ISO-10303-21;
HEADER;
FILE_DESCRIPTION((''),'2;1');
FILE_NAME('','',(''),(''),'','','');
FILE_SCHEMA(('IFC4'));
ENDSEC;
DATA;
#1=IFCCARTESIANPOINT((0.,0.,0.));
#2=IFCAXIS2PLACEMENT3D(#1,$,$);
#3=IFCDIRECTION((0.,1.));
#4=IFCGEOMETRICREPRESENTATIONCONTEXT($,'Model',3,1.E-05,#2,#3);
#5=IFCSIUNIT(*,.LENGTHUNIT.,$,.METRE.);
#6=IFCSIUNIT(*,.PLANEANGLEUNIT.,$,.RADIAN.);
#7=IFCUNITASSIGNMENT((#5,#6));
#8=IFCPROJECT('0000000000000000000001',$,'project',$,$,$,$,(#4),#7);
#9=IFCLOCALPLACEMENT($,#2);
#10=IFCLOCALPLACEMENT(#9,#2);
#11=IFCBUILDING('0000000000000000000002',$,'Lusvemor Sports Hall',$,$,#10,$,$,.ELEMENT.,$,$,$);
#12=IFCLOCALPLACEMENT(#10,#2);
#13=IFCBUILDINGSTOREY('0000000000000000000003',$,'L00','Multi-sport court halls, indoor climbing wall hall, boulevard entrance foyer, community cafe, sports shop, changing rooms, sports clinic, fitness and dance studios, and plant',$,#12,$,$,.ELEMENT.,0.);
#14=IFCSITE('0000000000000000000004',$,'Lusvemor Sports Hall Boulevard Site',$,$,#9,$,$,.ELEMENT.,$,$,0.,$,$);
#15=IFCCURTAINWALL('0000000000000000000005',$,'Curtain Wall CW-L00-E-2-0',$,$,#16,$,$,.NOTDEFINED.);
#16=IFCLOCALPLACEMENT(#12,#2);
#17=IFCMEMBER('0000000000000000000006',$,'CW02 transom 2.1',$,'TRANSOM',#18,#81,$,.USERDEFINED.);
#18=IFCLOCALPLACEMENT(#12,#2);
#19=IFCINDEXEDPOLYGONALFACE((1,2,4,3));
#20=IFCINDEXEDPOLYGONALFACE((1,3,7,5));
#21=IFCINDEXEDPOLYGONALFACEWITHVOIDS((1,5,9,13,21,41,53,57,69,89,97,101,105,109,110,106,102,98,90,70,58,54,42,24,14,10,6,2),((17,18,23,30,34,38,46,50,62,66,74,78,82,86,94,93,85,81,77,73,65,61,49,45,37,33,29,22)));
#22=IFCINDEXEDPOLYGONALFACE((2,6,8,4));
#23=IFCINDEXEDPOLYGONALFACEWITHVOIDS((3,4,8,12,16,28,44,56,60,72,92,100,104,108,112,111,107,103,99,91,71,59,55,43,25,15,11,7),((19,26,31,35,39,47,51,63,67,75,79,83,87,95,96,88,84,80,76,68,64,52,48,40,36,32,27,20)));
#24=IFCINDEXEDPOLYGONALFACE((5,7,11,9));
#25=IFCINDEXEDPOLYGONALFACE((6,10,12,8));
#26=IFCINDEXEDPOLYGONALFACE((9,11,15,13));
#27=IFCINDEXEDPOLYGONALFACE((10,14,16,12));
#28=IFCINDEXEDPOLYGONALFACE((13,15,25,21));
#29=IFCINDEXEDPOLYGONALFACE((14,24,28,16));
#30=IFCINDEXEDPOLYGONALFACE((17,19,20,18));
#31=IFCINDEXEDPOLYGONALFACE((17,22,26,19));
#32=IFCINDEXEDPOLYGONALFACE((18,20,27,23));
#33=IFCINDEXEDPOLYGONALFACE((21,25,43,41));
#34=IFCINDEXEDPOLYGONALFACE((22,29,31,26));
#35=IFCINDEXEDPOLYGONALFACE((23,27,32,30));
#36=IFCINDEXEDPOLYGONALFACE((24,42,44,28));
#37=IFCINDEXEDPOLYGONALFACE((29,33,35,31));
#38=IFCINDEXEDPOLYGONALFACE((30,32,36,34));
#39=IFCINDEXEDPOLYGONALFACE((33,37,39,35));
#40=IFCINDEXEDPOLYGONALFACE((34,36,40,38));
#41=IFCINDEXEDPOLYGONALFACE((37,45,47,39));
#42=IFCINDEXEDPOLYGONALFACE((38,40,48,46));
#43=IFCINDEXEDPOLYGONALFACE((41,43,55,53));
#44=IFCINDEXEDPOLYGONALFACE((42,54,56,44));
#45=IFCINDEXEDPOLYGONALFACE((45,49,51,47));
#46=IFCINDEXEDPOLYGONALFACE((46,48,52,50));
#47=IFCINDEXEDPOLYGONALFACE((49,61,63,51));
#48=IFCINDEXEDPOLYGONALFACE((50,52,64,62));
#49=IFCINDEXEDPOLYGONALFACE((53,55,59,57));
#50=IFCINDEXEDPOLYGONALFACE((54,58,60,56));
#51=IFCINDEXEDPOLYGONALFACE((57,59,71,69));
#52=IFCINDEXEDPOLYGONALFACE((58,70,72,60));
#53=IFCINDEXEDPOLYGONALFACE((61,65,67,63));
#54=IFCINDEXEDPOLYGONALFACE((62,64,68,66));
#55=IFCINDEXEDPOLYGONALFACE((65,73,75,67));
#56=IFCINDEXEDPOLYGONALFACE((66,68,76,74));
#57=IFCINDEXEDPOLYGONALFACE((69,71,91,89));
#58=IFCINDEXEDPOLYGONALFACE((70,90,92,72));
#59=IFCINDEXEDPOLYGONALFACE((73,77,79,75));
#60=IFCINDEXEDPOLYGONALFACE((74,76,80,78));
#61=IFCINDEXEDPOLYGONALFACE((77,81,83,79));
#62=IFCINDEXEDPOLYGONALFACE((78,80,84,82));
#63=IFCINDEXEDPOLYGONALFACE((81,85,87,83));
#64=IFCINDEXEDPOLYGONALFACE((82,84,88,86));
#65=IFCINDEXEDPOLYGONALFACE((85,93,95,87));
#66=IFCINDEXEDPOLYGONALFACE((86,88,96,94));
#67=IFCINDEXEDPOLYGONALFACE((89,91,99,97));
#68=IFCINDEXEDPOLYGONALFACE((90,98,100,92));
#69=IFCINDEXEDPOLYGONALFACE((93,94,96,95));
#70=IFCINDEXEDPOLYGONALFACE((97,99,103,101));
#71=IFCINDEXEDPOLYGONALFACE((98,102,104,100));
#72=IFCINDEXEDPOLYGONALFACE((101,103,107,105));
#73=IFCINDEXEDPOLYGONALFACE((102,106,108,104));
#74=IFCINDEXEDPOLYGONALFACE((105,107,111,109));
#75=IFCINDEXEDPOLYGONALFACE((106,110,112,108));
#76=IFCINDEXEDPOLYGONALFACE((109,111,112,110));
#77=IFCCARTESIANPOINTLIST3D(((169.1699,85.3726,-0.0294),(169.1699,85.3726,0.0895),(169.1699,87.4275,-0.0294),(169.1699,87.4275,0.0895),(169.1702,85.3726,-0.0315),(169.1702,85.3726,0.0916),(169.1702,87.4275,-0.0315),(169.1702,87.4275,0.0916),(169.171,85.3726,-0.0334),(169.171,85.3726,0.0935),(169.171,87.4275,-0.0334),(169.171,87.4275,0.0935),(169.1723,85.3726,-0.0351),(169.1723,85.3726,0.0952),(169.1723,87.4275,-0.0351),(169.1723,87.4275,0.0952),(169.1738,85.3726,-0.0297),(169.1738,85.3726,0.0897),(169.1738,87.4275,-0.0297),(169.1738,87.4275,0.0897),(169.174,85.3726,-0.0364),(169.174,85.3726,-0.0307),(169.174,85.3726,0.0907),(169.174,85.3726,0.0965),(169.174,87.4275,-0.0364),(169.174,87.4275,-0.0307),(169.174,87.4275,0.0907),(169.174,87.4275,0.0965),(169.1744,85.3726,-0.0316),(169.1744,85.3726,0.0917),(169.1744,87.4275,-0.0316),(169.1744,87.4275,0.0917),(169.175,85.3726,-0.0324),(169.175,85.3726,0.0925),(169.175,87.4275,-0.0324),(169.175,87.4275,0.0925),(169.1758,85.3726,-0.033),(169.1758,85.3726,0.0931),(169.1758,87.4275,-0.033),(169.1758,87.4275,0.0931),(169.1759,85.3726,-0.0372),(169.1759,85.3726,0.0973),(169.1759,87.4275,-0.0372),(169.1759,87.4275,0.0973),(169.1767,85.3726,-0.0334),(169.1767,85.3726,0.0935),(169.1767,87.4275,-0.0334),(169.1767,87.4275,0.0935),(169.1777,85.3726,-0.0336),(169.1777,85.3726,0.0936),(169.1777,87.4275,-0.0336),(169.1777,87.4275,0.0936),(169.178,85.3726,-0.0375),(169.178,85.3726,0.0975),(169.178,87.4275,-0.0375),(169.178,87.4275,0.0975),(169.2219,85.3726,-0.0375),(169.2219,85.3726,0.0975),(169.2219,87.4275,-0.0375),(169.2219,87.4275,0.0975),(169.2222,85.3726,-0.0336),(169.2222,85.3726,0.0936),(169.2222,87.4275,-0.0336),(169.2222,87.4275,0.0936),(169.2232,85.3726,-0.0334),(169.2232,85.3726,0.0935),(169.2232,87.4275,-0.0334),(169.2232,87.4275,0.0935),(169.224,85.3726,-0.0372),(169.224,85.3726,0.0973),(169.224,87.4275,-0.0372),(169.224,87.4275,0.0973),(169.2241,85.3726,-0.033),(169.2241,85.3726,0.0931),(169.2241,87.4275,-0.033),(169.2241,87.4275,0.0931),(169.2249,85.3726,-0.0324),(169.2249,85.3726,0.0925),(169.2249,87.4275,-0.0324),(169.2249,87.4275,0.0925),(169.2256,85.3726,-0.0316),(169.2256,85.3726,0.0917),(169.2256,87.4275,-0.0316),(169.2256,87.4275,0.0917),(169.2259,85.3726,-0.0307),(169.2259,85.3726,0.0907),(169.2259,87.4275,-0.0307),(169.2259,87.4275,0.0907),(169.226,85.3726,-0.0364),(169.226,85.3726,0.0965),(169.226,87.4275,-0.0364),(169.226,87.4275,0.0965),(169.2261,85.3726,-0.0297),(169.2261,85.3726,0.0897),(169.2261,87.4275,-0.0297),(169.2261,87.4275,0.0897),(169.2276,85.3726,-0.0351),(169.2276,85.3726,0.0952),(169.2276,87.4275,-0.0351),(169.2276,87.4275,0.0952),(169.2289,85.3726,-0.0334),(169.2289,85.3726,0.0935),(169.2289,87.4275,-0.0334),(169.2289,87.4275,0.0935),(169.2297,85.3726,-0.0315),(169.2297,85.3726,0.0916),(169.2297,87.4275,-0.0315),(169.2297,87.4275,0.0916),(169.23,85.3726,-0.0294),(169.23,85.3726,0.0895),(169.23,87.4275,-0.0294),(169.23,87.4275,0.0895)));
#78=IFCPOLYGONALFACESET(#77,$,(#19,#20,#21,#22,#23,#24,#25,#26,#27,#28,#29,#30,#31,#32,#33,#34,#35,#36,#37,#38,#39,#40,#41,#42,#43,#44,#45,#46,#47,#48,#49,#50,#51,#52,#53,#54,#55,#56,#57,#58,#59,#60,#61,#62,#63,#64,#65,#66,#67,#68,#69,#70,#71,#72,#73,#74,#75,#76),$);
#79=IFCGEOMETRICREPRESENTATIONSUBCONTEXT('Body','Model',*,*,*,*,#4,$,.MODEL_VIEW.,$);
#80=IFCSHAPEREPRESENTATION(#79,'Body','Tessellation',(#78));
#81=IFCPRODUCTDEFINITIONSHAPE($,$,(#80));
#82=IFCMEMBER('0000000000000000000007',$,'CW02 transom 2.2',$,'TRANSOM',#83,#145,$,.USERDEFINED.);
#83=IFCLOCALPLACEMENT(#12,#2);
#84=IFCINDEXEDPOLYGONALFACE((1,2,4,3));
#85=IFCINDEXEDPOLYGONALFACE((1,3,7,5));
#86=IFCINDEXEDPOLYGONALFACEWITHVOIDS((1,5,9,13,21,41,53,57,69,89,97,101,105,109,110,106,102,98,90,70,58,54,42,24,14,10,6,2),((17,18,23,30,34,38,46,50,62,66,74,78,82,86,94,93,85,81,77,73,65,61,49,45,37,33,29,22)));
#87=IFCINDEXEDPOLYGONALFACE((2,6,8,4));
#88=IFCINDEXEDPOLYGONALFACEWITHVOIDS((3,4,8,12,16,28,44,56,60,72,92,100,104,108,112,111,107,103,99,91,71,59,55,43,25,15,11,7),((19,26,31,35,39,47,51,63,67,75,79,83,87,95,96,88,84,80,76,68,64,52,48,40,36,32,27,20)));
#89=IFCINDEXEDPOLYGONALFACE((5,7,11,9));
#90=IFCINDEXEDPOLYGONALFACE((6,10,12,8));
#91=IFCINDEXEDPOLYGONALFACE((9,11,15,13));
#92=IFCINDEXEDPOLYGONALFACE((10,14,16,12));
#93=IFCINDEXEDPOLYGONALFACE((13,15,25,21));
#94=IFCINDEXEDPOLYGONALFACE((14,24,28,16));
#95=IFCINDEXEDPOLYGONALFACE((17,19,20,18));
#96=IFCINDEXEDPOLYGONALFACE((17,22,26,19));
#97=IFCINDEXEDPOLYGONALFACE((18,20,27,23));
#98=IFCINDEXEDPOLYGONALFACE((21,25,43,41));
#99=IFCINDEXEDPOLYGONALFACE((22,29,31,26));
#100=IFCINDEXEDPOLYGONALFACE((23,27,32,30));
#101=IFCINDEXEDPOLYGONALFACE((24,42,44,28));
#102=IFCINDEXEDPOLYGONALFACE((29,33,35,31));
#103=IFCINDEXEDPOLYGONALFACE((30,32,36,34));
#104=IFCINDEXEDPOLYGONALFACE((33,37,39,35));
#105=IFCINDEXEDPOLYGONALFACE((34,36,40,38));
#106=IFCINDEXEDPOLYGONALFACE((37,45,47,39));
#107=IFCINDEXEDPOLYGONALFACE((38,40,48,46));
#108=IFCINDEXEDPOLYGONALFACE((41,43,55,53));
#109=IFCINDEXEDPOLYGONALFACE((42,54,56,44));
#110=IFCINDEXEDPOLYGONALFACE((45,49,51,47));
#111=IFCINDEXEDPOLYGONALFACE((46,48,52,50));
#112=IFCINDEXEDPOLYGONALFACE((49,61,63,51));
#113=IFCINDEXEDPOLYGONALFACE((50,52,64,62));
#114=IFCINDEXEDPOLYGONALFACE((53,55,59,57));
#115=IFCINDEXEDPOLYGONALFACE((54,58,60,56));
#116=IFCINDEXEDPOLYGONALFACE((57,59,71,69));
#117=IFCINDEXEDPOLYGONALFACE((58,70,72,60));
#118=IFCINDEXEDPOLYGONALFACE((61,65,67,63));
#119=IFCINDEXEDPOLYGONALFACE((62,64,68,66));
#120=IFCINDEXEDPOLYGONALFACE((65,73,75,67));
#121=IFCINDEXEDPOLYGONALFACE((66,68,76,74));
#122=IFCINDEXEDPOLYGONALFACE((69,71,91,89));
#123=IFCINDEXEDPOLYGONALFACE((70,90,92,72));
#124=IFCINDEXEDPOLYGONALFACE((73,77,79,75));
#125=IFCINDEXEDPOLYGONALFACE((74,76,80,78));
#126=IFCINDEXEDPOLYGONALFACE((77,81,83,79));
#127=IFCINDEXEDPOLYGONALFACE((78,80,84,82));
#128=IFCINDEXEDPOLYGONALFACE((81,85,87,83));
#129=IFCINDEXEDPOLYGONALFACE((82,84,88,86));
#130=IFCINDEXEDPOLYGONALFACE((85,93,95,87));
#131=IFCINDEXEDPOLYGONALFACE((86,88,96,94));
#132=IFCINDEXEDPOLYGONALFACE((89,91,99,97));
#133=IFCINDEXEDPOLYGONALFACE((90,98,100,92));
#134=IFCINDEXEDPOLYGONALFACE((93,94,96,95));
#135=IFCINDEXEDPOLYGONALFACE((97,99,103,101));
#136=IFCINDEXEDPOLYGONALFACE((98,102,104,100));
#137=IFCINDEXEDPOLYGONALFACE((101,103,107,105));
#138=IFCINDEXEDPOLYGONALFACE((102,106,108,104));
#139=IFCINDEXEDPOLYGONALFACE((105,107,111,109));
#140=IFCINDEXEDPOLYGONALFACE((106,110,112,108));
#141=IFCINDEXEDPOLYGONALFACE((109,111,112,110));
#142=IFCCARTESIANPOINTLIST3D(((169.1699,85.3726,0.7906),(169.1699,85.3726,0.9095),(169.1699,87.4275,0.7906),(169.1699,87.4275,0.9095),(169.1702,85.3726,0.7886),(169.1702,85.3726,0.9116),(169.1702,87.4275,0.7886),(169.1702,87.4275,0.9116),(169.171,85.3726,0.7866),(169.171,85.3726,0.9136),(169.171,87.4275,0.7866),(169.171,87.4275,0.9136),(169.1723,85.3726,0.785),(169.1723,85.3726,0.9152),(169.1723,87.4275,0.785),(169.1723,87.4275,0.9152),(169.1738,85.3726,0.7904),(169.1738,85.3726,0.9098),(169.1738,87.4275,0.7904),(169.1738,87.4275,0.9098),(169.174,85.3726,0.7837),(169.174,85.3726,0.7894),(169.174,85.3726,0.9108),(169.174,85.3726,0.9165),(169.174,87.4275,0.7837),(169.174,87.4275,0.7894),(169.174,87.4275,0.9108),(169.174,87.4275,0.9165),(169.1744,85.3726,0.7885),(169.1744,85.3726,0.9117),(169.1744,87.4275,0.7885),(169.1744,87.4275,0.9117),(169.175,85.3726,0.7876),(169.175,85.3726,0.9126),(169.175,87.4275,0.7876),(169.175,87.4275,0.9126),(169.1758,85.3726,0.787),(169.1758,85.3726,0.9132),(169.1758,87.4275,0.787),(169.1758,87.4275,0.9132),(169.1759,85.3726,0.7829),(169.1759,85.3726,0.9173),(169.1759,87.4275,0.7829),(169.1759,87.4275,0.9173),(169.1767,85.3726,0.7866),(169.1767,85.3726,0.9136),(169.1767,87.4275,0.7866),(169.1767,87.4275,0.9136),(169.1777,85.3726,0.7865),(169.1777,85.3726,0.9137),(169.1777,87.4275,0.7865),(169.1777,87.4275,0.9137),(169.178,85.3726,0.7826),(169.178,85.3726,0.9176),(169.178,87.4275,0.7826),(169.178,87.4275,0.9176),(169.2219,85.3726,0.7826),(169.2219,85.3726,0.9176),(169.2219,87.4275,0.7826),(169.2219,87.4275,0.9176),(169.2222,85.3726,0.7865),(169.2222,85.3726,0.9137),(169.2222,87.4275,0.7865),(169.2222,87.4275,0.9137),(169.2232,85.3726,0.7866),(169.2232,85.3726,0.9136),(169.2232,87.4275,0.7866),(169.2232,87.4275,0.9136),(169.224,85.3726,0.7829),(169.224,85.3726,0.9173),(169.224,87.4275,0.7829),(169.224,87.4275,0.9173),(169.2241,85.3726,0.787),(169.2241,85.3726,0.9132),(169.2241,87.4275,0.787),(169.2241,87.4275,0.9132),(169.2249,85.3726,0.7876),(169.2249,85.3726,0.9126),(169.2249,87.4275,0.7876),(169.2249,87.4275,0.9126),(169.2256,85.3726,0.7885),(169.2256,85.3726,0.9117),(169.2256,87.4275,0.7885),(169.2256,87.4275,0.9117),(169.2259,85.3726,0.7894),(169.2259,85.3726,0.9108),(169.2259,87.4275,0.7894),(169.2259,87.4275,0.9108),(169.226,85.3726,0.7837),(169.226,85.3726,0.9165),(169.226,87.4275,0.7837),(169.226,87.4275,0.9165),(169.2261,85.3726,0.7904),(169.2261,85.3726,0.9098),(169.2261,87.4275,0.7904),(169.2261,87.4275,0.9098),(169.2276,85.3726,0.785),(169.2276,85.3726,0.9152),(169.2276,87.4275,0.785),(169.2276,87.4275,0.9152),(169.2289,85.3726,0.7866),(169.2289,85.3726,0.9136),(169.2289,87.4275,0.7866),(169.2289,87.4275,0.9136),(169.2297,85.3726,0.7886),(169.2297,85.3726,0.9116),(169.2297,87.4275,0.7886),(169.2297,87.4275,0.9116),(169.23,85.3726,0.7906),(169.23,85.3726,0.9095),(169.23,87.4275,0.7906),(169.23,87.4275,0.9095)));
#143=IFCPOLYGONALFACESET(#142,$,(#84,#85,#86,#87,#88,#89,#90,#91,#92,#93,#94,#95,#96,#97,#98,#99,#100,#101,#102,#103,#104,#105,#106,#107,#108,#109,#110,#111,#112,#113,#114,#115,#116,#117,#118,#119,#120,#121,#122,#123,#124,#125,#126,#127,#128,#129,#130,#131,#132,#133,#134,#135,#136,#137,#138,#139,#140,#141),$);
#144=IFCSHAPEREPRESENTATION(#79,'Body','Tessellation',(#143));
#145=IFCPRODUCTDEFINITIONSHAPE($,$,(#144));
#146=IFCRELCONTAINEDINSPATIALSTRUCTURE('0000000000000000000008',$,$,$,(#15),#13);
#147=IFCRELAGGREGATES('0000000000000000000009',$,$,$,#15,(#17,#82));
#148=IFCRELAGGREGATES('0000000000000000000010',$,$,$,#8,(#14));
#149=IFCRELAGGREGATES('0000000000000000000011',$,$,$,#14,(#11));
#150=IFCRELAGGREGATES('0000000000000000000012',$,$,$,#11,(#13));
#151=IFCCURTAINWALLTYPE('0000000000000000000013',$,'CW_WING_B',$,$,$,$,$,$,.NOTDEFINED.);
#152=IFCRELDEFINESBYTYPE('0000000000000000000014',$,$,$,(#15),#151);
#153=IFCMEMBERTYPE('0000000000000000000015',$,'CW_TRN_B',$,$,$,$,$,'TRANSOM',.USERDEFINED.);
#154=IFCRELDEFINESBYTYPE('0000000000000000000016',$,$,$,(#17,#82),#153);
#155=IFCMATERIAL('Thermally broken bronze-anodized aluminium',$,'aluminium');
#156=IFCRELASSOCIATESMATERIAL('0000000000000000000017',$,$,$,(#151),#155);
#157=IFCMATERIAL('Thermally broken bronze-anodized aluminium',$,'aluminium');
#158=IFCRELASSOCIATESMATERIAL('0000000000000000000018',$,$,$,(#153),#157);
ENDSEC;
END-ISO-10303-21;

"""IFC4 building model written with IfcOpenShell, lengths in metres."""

from ifc_helpers import new_model, si_unit, direction, frame, origin, origin_2d, place, context, subcontext, project, spatial, hollow_rectangle, extrude, material, material_profile, profile_set, type_object, element, aggregate, save


model = new_model("IFC4")

# Units and contexts
model_context = context("Model", 3, precision=1e-05, world=origin(), true_north=direction((0.0, 1.0)))
body_context = subcontext(model_context, "Body", "Model", "MODEL_VIEW")
ifc_project = project(units=[si_unit("LENGTHUNIT", "METRE"), si_unit("PLANEANGLEUNIT", "RADIAN")], contexts=[model_context])

# Site, building, storey
site_placement = place(None, origin())
site = spatial("IfcSite", under=ifc_project, at=site_placement, Name="Lusvemor Sports Hall Boulevard Site", CompositionType="ELEMENT", RefElevation=0.0)
building_placement = place(site_placement, origin())
building = spatial("IfcBuilding", under=site, at=building_placement, Name="Lusvemor Sports Hall", CompositionType="ELEMENT")
storey_placement = place(building_placement, origin())
storey = spatial("IfcBuildingStorey", under=building, at=storey_placement, Name="L00", Description="Multi-sport court halls, indoor climbing wall hall, boulevard entrance foyer, community cafe, sports shop, changing rooms, sports clinic, fitness and dance studios, and plant", CompositionType="ELEMENT", Elevation=0.0)

# Curtain wall, members
ifc_material_1 = material(Name="Thermally broken bronze-anodized aluminium", Category="aluminium")
curtain_wall_type = type_object("IfcCurtainWallType", Name="CW_WING_B", PredefinedType="NOTDEFINED", material=ifc_material_1)
curtain_wall_placement = place(storey_placement, origin())
curtain_wall = element("IfcCurtainWall", 1, at=curtain_wall_placement, inside=storey, type_object=curtain_wall_type, Name="Curtain Wall CW-L00-E-2-0", PredefinedType="NOTDEFINED")
ifc_material_2 = material(Name="Thermally broken bronze-anodized aluminium", Category="aluminium")
ifc_material_profile_1 = material_profile(ifc_material_2, hollow_rectangle(XDim=0.0601, YDim=0.135, WallThickness=0.0039, InnerFilletRadius=0.0039, OuterFilletRadius=0.0081, at=origin_2d()), Name="CWTRN135x60x4")
ifc_profile_set_1 = profile_set([ifc_material_profile_1], Name="Thermally broken bronze-anodized aluminium")
member_type_1 = type_object("IfcMemberType", Name="CW_TRN_B", ElementType="TRANSOM", PredefinedType="USERDEFINED", material=ifc_profile_set_1)
member_1_placement = place(storey_placement, frame((169.2, 87.4275, 0.03), z_axis=(0.0, -1.0, 0.0), x_axis=(1.0, 0.0, 0.0)))
member_1 = element("IfcMember", 2, at=member_1_placement, type_object=member_type_1, Name="CW02 transom 2.1", ObjectType="TRANSOM", PredefinedType="USERDEFINED", context=body_context, shape_type="SweptSolid", body=[
    extrude(hollow_rectangle(XDim=0.0601, YDim=0.135, WallThickness=0.0039, InnerFilletRadius=0.0039, OuterFilletRadius=0.0081, at=origin_2d()), origin(), (0.0, 0.0, 1.0), 2.0549),
])
member_2_placement = place(storey_placement, frame((169.2, 87.4275, 0.8501), z_axis=(0.0, -1.0, 0.0), x_axis=(1.0, 0.0, 0.0)))
member_2 = element("IfcMember", 3, at=member_2_placement, type_object=member_type_1, Name="CW02 transom 2.2", ObjectType="TRANSOM", PredefinedType="USERDEFINED", context=body_context, shape_type="SweptSolid", body=[
    extrude(hollow_rectangle(XDim=0.0601, YDim=0.135, WallThickness=0.0039, InnerFilletRadius=0.0039, OuterFilletRadius=0.0081, at=origin_2d()), origin(), (0.0, 0.0, 1.0), 2.0549),
])
aggregate(curtain_wall, [member_1, member_2])

save(model, "model.ifc")
